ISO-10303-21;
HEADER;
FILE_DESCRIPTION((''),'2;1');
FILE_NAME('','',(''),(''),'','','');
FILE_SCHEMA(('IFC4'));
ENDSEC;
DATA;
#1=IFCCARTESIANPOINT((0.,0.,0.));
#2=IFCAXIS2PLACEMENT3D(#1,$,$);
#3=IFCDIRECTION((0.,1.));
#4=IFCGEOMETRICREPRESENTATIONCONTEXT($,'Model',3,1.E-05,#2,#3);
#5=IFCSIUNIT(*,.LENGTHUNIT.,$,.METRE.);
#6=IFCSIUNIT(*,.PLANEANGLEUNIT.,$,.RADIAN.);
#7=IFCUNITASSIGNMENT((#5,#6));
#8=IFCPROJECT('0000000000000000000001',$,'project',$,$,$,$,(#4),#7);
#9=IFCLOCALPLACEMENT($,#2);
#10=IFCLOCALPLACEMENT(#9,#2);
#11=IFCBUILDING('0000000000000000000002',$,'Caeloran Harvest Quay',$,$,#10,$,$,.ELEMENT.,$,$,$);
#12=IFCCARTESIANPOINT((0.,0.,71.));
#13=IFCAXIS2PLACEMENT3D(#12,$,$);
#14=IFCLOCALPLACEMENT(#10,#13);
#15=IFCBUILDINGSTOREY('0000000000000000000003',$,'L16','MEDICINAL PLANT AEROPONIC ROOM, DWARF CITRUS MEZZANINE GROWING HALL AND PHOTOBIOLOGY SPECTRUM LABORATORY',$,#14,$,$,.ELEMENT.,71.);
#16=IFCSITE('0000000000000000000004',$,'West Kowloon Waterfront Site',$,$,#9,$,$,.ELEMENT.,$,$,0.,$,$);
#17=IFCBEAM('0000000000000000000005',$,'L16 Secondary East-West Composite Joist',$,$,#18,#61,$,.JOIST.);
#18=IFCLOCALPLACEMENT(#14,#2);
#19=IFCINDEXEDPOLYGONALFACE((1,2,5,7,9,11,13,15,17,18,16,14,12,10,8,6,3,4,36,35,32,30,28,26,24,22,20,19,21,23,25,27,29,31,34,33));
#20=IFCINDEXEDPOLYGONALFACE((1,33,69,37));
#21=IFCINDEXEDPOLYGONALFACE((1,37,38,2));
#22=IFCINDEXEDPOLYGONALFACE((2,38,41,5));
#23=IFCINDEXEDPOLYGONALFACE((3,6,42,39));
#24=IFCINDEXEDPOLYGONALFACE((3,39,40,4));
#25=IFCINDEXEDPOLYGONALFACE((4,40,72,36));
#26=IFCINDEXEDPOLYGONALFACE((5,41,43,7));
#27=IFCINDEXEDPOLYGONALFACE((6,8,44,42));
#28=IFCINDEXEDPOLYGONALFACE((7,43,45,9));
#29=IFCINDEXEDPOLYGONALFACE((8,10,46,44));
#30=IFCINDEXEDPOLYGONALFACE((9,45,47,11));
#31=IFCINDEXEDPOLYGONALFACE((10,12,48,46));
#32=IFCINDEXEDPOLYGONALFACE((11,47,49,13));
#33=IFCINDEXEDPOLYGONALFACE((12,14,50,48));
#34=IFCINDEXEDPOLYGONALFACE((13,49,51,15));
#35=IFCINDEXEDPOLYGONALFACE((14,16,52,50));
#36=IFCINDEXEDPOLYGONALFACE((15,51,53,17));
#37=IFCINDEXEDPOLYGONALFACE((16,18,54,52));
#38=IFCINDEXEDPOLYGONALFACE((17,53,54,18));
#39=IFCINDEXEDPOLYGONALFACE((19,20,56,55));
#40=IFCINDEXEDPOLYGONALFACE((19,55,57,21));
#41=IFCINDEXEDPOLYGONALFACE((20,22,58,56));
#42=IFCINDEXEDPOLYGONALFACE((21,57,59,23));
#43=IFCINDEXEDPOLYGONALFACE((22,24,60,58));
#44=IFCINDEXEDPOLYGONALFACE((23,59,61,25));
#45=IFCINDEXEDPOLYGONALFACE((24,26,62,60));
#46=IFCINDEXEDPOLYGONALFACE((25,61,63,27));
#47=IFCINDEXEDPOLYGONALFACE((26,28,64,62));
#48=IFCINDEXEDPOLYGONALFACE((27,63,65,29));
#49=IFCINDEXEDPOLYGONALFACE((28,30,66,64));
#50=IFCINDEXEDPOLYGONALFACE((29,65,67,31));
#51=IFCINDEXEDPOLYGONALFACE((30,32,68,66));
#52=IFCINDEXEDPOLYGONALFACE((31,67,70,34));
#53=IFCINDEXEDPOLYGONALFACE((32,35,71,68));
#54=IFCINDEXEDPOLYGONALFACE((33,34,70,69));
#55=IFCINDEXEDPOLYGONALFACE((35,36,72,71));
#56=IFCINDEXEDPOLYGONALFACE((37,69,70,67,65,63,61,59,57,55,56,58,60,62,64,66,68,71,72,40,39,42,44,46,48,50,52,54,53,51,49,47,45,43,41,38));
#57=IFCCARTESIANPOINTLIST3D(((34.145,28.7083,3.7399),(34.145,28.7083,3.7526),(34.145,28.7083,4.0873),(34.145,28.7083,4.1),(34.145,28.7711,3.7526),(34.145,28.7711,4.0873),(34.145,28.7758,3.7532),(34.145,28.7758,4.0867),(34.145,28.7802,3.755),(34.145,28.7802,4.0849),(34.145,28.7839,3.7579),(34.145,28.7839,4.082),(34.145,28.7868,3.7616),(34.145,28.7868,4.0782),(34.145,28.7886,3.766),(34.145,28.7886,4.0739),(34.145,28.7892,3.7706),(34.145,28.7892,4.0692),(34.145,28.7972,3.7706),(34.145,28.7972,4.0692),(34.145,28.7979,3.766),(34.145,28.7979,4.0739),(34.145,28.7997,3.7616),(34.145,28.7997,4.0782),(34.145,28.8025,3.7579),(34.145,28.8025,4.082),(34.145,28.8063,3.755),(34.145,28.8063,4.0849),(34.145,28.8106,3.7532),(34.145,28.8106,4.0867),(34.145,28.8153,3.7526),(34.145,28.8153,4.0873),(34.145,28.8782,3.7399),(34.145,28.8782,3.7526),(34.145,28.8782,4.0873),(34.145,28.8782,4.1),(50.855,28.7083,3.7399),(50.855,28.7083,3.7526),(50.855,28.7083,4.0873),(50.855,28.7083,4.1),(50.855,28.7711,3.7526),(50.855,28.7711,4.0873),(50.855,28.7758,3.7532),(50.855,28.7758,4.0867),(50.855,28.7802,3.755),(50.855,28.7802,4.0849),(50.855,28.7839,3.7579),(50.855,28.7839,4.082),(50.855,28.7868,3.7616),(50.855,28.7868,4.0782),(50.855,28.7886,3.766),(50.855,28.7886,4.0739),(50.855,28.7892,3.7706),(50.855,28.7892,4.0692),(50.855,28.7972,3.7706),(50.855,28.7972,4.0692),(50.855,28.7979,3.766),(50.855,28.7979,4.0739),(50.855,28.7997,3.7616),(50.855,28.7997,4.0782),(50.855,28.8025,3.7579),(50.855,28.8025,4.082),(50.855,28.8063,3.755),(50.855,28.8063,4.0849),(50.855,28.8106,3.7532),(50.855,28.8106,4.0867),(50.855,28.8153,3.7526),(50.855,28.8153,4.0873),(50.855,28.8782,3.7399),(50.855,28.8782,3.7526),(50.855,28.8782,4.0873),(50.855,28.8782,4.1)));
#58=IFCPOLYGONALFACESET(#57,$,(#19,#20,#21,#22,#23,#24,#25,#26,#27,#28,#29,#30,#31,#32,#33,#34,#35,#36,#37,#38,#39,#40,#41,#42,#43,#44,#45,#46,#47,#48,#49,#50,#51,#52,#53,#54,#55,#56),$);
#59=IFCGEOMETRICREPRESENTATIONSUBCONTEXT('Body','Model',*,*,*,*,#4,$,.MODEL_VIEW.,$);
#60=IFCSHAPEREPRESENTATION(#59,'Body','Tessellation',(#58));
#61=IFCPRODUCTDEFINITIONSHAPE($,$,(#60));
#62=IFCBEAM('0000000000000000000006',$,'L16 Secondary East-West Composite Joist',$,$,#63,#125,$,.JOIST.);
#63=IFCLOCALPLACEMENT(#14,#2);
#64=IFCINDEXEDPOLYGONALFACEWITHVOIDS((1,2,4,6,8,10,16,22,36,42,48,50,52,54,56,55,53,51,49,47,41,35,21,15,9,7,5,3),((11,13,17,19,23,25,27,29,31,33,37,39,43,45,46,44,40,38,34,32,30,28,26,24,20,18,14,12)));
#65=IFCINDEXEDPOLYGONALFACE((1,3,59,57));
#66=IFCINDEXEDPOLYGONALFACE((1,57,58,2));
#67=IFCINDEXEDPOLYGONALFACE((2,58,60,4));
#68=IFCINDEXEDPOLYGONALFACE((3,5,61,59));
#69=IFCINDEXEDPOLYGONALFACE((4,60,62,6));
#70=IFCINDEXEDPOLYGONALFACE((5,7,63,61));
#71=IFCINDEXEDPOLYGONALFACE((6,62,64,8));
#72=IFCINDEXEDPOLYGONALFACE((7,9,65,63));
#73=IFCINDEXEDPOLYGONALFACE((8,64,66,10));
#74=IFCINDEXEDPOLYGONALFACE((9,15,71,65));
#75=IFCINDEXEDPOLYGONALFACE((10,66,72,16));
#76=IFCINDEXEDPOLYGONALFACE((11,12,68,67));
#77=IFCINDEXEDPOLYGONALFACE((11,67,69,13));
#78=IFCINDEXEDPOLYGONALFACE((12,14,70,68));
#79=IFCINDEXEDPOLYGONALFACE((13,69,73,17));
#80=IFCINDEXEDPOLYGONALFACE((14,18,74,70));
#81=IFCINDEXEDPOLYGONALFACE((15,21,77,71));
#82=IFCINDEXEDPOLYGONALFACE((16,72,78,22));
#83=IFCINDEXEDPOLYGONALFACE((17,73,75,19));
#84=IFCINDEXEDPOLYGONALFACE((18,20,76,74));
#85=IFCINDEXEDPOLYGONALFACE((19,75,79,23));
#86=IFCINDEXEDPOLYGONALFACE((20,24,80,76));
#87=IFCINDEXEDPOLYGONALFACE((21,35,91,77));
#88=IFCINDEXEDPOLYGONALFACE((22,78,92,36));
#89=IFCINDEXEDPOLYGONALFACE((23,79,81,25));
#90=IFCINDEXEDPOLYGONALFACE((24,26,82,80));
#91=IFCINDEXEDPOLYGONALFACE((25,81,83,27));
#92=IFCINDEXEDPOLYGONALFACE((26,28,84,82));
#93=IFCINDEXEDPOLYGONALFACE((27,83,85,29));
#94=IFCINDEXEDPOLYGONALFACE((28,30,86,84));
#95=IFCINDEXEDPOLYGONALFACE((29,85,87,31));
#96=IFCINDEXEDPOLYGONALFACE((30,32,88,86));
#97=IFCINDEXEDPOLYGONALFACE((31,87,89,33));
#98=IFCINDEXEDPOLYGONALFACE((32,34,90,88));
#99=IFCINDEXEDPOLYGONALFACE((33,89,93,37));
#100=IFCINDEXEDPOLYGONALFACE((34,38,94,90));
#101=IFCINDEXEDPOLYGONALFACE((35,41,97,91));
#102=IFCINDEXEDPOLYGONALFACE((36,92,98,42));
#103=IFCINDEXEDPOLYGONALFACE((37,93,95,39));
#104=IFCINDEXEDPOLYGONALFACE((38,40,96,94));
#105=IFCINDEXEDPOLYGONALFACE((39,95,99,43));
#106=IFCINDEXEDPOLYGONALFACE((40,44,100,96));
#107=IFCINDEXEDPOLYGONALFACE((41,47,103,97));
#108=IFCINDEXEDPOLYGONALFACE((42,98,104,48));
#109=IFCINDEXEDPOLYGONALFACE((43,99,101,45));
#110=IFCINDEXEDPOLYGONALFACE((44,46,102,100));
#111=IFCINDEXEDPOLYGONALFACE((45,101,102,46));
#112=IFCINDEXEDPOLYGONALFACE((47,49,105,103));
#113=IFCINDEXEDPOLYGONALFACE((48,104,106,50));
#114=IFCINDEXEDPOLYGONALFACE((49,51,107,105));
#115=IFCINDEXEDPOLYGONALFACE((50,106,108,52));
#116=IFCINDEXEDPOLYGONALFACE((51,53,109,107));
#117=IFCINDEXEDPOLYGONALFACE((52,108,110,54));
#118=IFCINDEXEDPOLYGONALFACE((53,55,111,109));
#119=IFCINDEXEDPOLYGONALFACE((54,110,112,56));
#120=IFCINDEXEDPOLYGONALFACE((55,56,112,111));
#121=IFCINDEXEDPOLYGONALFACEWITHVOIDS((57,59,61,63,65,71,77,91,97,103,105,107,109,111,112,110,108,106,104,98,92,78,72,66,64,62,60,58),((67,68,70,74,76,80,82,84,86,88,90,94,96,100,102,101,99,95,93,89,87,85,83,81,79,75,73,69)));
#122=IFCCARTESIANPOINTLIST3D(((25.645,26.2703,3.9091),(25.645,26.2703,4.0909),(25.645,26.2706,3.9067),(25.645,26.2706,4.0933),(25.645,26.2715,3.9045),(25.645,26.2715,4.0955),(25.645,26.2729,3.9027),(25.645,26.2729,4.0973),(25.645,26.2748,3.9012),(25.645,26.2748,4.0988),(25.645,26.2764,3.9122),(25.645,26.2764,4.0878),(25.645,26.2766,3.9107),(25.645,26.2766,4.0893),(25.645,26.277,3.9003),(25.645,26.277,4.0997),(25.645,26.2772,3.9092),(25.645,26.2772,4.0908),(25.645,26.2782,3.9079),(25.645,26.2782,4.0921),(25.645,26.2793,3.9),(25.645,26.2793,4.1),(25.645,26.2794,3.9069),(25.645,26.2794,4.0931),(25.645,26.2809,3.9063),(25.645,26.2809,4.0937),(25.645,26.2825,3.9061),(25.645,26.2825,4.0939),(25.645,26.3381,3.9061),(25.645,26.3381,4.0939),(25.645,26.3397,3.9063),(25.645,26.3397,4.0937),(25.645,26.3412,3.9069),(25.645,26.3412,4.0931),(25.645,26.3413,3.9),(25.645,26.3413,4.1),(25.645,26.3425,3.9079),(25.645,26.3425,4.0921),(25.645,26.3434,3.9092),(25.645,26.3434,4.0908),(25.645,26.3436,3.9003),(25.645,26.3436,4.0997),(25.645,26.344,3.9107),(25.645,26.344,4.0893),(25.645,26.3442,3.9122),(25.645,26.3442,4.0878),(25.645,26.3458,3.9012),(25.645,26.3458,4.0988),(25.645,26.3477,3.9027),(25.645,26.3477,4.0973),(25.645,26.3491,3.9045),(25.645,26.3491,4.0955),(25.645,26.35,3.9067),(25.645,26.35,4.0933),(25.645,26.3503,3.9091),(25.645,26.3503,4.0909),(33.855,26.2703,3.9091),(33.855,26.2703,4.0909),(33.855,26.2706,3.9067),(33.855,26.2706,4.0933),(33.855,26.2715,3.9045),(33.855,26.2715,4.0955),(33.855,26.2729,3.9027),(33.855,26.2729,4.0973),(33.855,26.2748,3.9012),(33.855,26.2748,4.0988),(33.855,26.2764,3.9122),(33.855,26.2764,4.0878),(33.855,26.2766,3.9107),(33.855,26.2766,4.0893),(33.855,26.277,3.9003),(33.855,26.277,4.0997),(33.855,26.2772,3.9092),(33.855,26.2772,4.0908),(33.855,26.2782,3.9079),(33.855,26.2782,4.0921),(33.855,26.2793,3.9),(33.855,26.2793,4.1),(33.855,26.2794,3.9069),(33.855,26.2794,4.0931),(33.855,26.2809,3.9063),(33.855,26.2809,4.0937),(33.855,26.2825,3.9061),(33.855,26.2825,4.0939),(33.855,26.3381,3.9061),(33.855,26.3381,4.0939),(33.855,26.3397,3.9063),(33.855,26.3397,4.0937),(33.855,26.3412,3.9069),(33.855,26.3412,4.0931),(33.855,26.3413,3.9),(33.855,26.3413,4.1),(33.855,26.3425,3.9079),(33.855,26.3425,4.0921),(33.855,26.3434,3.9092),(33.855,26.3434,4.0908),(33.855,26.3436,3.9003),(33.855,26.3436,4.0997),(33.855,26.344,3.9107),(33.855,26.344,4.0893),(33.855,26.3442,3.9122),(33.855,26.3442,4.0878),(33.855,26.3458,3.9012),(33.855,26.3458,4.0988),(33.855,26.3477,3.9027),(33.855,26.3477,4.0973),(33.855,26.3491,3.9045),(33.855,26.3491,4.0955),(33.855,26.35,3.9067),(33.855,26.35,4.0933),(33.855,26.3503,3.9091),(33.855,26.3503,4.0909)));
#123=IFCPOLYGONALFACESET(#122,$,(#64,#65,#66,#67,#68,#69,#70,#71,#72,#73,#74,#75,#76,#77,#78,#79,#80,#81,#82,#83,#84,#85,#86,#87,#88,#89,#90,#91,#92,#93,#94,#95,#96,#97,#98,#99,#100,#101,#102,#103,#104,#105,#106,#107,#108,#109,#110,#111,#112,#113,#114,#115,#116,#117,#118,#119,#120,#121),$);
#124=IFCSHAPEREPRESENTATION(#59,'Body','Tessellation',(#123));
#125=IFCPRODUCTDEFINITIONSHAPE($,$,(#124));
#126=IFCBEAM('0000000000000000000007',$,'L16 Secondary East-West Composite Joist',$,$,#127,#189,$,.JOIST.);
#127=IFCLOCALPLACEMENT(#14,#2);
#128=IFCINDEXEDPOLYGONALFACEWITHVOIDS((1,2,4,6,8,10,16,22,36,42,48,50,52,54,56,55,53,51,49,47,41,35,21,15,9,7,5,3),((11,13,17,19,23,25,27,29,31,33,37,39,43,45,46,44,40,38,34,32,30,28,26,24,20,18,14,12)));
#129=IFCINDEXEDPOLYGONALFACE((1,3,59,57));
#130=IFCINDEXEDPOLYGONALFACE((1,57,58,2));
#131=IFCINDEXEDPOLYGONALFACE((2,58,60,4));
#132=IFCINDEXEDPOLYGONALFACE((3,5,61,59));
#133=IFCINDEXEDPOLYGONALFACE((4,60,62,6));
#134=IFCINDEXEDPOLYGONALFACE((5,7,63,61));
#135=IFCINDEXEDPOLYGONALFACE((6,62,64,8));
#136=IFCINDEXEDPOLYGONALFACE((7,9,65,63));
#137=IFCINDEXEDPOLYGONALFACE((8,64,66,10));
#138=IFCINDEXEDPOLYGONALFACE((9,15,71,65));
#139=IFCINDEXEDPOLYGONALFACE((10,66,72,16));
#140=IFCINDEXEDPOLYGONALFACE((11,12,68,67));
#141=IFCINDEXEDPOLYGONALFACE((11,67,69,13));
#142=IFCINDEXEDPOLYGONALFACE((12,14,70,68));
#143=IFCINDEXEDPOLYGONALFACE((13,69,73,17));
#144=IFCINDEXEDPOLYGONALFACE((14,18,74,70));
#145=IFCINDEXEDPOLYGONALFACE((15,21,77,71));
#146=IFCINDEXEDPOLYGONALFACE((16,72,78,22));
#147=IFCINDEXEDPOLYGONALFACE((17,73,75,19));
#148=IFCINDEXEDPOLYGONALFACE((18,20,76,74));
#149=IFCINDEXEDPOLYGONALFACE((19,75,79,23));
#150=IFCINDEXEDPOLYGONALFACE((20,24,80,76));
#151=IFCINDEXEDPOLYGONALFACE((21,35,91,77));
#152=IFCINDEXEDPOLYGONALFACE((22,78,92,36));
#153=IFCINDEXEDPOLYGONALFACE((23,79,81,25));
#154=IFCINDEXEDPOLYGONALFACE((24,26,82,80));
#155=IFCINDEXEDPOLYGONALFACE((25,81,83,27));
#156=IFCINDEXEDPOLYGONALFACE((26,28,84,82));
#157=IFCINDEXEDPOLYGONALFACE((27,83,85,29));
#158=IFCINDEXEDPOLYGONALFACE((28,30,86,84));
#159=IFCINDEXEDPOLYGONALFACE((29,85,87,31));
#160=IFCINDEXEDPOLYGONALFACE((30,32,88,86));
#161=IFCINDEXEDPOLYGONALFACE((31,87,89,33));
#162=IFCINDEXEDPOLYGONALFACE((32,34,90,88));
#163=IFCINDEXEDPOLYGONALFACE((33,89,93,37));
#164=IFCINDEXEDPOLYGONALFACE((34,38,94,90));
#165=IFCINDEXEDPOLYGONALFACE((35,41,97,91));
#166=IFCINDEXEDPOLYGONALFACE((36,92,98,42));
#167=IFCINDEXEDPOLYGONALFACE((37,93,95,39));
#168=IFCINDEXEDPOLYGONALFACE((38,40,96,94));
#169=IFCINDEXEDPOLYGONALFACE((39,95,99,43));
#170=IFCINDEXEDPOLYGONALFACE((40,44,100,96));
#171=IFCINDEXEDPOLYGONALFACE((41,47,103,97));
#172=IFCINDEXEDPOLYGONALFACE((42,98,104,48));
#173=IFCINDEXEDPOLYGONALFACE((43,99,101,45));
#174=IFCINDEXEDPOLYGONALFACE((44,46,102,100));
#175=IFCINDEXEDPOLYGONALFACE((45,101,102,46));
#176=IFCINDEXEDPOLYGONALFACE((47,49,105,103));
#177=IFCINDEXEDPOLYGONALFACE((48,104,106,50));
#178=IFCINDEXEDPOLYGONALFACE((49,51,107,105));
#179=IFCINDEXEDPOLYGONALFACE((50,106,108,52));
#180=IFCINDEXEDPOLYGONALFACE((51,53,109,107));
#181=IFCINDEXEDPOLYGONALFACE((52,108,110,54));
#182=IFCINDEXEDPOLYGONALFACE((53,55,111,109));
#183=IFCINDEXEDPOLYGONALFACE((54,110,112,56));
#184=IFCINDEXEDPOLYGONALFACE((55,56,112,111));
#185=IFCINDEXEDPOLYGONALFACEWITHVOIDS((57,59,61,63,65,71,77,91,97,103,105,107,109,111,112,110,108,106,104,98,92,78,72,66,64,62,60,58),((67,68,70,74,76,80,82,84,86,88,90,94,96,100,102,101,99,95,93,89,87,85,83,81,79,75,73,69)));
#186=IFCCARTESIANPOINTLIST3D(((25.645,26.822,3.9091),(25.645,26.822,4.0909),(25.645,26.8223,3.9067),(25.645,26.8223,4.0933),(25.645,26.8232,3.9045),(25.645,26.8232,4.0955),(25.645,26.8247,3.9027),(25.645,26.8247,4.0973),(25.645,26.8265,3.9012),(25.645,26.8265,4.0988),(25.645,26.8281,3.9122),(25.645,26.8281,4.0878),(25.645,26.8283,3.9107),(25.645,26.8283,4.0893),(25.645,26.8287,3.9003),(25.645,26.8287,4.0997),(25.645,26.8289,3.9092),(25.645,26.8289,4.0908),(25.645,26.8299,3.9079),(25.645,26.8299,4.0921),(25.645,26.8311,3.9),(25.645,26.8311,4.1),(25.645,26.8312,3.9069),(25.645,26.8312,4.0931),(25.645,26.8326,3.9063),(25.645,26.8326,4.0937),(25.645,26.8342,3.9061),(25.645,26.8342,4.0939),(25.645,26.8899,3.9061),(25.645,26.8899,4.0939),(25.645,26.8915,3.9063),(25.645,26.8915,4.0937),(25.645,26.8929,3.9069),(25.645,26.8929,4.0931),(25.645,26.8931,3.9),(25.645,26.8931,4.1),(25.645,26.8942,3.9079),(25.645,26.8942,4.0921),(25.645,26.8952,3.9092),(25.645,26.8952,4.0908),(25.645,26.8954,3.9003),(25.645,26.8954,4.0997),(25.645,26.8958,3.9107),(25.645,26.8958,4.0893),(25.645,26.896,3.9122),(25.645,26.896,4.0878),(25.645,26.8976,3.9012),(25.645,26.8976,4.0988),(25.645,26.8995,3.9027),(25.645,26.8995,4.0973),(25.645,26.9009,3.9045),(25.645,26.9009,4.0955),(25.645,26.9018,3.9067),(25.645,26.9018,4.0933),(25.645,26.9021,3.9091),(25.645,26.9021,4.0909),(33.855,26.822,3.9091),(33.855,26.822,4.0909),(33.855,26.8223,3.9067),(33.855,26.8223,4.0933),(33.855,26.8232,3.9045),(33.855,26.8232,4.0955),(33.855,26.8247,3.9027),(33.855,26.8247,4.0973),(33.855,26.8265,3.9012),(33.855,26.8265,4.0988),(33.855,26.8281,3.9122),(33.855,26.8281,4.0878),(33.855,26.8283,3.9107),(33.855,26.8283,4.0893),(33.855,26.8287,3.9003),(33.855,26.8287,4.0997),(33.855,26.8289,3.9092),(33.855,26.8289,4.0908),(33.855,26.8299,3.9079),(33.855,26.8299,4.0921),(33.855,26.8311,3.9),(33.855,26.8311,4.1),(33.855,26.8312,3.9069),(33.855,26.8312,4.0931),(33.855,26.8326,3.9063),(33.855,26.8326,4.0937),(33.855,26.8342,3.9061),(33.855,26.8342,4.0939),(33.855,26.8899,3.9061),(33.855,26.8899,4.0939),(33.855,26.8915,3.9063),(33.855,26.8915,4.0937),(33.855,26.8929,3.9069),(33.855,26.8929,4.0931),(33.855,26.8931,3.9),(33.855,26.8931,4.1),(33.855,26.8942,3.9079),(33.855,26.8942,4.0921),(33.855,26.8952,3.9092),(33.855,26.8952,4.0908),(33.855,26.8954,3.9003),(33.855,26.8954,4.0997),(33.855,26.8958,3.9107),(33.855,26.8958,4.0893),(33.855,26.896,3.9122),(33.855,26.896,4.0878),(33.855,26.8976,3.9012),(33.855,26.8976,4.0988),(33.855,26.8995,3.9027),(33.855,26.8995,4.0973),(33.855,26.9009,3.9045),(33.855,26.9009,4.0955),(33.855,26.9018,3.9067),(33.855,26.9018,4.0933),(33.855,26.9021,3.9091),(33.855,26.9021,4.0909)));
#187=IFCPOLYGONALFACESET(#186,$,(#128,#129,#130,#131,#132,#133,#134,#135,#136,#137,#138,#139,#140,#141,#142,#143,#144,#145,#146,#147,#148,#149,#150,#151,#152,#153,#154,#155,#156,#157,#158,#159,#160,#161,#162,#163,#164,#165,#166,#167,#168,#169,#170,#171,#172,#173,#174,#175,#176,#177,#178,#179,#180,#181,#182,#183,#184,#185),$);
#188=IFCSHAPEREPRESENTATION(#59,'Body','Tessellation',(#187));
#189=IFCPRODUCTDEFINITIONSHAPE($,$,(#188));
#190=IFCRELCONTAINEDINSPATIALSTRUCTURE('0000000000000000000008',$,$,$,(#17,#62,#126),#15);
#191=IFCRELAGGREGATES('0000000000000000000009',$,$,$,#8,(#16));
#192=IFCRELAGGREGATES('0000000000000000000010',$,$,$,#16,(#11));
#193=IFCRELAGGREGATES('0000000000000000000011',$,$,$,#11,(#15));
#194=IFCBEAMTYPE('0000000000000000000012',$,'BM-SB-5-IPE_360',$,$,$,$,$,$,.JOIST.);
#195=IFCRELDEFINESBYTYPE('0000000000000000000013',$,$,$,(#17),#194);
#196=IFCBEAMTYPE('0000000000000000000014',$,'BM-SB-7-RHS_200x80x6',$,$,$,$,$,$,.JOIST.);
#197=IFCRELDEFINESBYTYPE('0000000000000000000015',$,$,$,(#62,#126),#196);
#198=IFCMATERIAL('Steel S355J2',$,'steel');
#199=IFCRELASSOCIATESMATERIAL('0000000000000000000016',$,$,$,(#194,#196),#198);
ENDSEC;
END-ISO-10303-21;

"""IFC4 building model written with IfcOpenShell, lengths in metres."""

from ifc_helpers import new_model, si_unit, direction, frame, origin, origin_2d, place, context, subcontext, project, spatial, hollow_rectangle, i_section, extrude, material, material_profile, profile_set, type_object, element, save


model = new_model("IFC4")

# Units and contexts
model_context = context("Model", 3, precision=1e-05, world=origin(), true_north=direction((0.0, 1.0)))
body_context = subcontext(model_context, "Body", "Model", "MODEL_VIEW")
ifc_project = project(units=[si_unit("LENGTHUNIT", "METRE"), si_unit("PLANEANGLEUNIT", "RADIAN")], contexts=[model_context])

# Site, building, storey
site_placement = place(None, origin())
site = spatial("IfcSite", under=ifc_project, at=site_placement, Name="West Kowloon Waterfront Site", CompositionType="ELEMENT", RefElevation=0.0)
building_placement = place(site_placement, origin())
building = spatial("IfcBuilding", under=site, at=building_placement, Name="Caeloran Harvest Quay", CompositionType="ELEMENT")
storey_placement = place(building_placement, frame((0.0, 0.0, 71.0)))
storey = spatial("IfcBuildingStorey", under=building, at=storey_placement, Name="L16", Description="MEDICINAL PLANT AEROPONIC ROOM, DWARF CITRUS MEZZANINE GROWING HALL AND PHOTOBIOLOGY SPECTRUM LABORATORY", CompositionType="ELEMENT", Elevation=71.0)

# Beams
ifc_material_1 = material(Name="Steel S355J2", Category="steel")
ifc_material_profile_1 = material_profile(ifc_material_1, i_section(OverallWidth=0.1699, OverallDepth=0.3601, WebThickness=0.0081, FlangeThickness=0.0127, FilletRadius=0.0181, at=origin_2d()), Name="IPE 360")
ifc_profile_set_1 = profile_set([ifc_material_profile_1], Name="Steel S355J2")
beam_type_1 = type_object("IfcBeamType", Name="BM-SB-5-IPE_360", PredefinedType="JOIST", material=ifc_profile_set_1)
beam_placement = place(storey_placement, frame((34.145, 28.7932, 3.9199), z_axis=(1.0, 0.0, 0.0), x_axis=(0.0, 1.0, 0.0)))
element("IfcBeam", 1, at=beam_placement, inside=storey, type_object=beam_type_1, Name="L16 Secondary East-West Composite Joist", PredefinedType="JOIST", context=body_context, shape_type="SweptSolid", body=[
    extrude(i_section(OverallWidth=0.1699, OverallDepth=0.3601, WebThickness=0.0081, FlangeThickness=0.0127, FilletRadius=0.0181, at=origin_2d()), origin(), (0.0, 0.0, 1.0), 16.71),
])
ifc_material_profile_2 = material_profile(ifc_material_1, hollow_rectangle(XDim=0.0801, YDim=0.2, WallThickness=0.0061, InnerFilletRadius=0.0061, OuterFilletRadius=0.009, at=origin_2d()), Name="RHS 200x80x6")
ifc_profile_set_2 = profile_set([ifc_material_profile_2], Name="Steel S355J2")
beam_type_2 = type_object("IfcBeamType", Name="BM-SB-7-RHS_200x80x6", PredefinedType="JOIST", material=ifc_profile_set_2)
for number, where, z_axis, x_axis, name in (
    (2, (25.645, 26.3103, 4.0), (1.0, 0.0, 0.0), (0.0, 1.0, 0.0), "L16 Secondary East-West Composite Joist"),
    (3, (25.645, 26.8621, 4.0), (1.0, 0.0, 0.0), (0.0, 1.0, 0.0), "L16 Secondary East-West Composite Joist"),
):
    element("IfcBeam", number, at=place(storey_placement, frame(where, z_axis=z_axis, x_axis=x_axis)), inside=storey, type_object=beam_type_2, Name=name, PredefinedType="JOIST", context=body_context, shape_type="SweptSolid", body=[
        extrude(hollow_rectangle(XDim=0.0801, YDim=0.2, WallThickness=0.0061, InnerFilletRadius=0.0061, OuterFilletRadius=0.009, at=origin_2d()), origin(), (0.0, 0.0, 1.0), 8.21),
    ])

save(model, "model.ifc")
